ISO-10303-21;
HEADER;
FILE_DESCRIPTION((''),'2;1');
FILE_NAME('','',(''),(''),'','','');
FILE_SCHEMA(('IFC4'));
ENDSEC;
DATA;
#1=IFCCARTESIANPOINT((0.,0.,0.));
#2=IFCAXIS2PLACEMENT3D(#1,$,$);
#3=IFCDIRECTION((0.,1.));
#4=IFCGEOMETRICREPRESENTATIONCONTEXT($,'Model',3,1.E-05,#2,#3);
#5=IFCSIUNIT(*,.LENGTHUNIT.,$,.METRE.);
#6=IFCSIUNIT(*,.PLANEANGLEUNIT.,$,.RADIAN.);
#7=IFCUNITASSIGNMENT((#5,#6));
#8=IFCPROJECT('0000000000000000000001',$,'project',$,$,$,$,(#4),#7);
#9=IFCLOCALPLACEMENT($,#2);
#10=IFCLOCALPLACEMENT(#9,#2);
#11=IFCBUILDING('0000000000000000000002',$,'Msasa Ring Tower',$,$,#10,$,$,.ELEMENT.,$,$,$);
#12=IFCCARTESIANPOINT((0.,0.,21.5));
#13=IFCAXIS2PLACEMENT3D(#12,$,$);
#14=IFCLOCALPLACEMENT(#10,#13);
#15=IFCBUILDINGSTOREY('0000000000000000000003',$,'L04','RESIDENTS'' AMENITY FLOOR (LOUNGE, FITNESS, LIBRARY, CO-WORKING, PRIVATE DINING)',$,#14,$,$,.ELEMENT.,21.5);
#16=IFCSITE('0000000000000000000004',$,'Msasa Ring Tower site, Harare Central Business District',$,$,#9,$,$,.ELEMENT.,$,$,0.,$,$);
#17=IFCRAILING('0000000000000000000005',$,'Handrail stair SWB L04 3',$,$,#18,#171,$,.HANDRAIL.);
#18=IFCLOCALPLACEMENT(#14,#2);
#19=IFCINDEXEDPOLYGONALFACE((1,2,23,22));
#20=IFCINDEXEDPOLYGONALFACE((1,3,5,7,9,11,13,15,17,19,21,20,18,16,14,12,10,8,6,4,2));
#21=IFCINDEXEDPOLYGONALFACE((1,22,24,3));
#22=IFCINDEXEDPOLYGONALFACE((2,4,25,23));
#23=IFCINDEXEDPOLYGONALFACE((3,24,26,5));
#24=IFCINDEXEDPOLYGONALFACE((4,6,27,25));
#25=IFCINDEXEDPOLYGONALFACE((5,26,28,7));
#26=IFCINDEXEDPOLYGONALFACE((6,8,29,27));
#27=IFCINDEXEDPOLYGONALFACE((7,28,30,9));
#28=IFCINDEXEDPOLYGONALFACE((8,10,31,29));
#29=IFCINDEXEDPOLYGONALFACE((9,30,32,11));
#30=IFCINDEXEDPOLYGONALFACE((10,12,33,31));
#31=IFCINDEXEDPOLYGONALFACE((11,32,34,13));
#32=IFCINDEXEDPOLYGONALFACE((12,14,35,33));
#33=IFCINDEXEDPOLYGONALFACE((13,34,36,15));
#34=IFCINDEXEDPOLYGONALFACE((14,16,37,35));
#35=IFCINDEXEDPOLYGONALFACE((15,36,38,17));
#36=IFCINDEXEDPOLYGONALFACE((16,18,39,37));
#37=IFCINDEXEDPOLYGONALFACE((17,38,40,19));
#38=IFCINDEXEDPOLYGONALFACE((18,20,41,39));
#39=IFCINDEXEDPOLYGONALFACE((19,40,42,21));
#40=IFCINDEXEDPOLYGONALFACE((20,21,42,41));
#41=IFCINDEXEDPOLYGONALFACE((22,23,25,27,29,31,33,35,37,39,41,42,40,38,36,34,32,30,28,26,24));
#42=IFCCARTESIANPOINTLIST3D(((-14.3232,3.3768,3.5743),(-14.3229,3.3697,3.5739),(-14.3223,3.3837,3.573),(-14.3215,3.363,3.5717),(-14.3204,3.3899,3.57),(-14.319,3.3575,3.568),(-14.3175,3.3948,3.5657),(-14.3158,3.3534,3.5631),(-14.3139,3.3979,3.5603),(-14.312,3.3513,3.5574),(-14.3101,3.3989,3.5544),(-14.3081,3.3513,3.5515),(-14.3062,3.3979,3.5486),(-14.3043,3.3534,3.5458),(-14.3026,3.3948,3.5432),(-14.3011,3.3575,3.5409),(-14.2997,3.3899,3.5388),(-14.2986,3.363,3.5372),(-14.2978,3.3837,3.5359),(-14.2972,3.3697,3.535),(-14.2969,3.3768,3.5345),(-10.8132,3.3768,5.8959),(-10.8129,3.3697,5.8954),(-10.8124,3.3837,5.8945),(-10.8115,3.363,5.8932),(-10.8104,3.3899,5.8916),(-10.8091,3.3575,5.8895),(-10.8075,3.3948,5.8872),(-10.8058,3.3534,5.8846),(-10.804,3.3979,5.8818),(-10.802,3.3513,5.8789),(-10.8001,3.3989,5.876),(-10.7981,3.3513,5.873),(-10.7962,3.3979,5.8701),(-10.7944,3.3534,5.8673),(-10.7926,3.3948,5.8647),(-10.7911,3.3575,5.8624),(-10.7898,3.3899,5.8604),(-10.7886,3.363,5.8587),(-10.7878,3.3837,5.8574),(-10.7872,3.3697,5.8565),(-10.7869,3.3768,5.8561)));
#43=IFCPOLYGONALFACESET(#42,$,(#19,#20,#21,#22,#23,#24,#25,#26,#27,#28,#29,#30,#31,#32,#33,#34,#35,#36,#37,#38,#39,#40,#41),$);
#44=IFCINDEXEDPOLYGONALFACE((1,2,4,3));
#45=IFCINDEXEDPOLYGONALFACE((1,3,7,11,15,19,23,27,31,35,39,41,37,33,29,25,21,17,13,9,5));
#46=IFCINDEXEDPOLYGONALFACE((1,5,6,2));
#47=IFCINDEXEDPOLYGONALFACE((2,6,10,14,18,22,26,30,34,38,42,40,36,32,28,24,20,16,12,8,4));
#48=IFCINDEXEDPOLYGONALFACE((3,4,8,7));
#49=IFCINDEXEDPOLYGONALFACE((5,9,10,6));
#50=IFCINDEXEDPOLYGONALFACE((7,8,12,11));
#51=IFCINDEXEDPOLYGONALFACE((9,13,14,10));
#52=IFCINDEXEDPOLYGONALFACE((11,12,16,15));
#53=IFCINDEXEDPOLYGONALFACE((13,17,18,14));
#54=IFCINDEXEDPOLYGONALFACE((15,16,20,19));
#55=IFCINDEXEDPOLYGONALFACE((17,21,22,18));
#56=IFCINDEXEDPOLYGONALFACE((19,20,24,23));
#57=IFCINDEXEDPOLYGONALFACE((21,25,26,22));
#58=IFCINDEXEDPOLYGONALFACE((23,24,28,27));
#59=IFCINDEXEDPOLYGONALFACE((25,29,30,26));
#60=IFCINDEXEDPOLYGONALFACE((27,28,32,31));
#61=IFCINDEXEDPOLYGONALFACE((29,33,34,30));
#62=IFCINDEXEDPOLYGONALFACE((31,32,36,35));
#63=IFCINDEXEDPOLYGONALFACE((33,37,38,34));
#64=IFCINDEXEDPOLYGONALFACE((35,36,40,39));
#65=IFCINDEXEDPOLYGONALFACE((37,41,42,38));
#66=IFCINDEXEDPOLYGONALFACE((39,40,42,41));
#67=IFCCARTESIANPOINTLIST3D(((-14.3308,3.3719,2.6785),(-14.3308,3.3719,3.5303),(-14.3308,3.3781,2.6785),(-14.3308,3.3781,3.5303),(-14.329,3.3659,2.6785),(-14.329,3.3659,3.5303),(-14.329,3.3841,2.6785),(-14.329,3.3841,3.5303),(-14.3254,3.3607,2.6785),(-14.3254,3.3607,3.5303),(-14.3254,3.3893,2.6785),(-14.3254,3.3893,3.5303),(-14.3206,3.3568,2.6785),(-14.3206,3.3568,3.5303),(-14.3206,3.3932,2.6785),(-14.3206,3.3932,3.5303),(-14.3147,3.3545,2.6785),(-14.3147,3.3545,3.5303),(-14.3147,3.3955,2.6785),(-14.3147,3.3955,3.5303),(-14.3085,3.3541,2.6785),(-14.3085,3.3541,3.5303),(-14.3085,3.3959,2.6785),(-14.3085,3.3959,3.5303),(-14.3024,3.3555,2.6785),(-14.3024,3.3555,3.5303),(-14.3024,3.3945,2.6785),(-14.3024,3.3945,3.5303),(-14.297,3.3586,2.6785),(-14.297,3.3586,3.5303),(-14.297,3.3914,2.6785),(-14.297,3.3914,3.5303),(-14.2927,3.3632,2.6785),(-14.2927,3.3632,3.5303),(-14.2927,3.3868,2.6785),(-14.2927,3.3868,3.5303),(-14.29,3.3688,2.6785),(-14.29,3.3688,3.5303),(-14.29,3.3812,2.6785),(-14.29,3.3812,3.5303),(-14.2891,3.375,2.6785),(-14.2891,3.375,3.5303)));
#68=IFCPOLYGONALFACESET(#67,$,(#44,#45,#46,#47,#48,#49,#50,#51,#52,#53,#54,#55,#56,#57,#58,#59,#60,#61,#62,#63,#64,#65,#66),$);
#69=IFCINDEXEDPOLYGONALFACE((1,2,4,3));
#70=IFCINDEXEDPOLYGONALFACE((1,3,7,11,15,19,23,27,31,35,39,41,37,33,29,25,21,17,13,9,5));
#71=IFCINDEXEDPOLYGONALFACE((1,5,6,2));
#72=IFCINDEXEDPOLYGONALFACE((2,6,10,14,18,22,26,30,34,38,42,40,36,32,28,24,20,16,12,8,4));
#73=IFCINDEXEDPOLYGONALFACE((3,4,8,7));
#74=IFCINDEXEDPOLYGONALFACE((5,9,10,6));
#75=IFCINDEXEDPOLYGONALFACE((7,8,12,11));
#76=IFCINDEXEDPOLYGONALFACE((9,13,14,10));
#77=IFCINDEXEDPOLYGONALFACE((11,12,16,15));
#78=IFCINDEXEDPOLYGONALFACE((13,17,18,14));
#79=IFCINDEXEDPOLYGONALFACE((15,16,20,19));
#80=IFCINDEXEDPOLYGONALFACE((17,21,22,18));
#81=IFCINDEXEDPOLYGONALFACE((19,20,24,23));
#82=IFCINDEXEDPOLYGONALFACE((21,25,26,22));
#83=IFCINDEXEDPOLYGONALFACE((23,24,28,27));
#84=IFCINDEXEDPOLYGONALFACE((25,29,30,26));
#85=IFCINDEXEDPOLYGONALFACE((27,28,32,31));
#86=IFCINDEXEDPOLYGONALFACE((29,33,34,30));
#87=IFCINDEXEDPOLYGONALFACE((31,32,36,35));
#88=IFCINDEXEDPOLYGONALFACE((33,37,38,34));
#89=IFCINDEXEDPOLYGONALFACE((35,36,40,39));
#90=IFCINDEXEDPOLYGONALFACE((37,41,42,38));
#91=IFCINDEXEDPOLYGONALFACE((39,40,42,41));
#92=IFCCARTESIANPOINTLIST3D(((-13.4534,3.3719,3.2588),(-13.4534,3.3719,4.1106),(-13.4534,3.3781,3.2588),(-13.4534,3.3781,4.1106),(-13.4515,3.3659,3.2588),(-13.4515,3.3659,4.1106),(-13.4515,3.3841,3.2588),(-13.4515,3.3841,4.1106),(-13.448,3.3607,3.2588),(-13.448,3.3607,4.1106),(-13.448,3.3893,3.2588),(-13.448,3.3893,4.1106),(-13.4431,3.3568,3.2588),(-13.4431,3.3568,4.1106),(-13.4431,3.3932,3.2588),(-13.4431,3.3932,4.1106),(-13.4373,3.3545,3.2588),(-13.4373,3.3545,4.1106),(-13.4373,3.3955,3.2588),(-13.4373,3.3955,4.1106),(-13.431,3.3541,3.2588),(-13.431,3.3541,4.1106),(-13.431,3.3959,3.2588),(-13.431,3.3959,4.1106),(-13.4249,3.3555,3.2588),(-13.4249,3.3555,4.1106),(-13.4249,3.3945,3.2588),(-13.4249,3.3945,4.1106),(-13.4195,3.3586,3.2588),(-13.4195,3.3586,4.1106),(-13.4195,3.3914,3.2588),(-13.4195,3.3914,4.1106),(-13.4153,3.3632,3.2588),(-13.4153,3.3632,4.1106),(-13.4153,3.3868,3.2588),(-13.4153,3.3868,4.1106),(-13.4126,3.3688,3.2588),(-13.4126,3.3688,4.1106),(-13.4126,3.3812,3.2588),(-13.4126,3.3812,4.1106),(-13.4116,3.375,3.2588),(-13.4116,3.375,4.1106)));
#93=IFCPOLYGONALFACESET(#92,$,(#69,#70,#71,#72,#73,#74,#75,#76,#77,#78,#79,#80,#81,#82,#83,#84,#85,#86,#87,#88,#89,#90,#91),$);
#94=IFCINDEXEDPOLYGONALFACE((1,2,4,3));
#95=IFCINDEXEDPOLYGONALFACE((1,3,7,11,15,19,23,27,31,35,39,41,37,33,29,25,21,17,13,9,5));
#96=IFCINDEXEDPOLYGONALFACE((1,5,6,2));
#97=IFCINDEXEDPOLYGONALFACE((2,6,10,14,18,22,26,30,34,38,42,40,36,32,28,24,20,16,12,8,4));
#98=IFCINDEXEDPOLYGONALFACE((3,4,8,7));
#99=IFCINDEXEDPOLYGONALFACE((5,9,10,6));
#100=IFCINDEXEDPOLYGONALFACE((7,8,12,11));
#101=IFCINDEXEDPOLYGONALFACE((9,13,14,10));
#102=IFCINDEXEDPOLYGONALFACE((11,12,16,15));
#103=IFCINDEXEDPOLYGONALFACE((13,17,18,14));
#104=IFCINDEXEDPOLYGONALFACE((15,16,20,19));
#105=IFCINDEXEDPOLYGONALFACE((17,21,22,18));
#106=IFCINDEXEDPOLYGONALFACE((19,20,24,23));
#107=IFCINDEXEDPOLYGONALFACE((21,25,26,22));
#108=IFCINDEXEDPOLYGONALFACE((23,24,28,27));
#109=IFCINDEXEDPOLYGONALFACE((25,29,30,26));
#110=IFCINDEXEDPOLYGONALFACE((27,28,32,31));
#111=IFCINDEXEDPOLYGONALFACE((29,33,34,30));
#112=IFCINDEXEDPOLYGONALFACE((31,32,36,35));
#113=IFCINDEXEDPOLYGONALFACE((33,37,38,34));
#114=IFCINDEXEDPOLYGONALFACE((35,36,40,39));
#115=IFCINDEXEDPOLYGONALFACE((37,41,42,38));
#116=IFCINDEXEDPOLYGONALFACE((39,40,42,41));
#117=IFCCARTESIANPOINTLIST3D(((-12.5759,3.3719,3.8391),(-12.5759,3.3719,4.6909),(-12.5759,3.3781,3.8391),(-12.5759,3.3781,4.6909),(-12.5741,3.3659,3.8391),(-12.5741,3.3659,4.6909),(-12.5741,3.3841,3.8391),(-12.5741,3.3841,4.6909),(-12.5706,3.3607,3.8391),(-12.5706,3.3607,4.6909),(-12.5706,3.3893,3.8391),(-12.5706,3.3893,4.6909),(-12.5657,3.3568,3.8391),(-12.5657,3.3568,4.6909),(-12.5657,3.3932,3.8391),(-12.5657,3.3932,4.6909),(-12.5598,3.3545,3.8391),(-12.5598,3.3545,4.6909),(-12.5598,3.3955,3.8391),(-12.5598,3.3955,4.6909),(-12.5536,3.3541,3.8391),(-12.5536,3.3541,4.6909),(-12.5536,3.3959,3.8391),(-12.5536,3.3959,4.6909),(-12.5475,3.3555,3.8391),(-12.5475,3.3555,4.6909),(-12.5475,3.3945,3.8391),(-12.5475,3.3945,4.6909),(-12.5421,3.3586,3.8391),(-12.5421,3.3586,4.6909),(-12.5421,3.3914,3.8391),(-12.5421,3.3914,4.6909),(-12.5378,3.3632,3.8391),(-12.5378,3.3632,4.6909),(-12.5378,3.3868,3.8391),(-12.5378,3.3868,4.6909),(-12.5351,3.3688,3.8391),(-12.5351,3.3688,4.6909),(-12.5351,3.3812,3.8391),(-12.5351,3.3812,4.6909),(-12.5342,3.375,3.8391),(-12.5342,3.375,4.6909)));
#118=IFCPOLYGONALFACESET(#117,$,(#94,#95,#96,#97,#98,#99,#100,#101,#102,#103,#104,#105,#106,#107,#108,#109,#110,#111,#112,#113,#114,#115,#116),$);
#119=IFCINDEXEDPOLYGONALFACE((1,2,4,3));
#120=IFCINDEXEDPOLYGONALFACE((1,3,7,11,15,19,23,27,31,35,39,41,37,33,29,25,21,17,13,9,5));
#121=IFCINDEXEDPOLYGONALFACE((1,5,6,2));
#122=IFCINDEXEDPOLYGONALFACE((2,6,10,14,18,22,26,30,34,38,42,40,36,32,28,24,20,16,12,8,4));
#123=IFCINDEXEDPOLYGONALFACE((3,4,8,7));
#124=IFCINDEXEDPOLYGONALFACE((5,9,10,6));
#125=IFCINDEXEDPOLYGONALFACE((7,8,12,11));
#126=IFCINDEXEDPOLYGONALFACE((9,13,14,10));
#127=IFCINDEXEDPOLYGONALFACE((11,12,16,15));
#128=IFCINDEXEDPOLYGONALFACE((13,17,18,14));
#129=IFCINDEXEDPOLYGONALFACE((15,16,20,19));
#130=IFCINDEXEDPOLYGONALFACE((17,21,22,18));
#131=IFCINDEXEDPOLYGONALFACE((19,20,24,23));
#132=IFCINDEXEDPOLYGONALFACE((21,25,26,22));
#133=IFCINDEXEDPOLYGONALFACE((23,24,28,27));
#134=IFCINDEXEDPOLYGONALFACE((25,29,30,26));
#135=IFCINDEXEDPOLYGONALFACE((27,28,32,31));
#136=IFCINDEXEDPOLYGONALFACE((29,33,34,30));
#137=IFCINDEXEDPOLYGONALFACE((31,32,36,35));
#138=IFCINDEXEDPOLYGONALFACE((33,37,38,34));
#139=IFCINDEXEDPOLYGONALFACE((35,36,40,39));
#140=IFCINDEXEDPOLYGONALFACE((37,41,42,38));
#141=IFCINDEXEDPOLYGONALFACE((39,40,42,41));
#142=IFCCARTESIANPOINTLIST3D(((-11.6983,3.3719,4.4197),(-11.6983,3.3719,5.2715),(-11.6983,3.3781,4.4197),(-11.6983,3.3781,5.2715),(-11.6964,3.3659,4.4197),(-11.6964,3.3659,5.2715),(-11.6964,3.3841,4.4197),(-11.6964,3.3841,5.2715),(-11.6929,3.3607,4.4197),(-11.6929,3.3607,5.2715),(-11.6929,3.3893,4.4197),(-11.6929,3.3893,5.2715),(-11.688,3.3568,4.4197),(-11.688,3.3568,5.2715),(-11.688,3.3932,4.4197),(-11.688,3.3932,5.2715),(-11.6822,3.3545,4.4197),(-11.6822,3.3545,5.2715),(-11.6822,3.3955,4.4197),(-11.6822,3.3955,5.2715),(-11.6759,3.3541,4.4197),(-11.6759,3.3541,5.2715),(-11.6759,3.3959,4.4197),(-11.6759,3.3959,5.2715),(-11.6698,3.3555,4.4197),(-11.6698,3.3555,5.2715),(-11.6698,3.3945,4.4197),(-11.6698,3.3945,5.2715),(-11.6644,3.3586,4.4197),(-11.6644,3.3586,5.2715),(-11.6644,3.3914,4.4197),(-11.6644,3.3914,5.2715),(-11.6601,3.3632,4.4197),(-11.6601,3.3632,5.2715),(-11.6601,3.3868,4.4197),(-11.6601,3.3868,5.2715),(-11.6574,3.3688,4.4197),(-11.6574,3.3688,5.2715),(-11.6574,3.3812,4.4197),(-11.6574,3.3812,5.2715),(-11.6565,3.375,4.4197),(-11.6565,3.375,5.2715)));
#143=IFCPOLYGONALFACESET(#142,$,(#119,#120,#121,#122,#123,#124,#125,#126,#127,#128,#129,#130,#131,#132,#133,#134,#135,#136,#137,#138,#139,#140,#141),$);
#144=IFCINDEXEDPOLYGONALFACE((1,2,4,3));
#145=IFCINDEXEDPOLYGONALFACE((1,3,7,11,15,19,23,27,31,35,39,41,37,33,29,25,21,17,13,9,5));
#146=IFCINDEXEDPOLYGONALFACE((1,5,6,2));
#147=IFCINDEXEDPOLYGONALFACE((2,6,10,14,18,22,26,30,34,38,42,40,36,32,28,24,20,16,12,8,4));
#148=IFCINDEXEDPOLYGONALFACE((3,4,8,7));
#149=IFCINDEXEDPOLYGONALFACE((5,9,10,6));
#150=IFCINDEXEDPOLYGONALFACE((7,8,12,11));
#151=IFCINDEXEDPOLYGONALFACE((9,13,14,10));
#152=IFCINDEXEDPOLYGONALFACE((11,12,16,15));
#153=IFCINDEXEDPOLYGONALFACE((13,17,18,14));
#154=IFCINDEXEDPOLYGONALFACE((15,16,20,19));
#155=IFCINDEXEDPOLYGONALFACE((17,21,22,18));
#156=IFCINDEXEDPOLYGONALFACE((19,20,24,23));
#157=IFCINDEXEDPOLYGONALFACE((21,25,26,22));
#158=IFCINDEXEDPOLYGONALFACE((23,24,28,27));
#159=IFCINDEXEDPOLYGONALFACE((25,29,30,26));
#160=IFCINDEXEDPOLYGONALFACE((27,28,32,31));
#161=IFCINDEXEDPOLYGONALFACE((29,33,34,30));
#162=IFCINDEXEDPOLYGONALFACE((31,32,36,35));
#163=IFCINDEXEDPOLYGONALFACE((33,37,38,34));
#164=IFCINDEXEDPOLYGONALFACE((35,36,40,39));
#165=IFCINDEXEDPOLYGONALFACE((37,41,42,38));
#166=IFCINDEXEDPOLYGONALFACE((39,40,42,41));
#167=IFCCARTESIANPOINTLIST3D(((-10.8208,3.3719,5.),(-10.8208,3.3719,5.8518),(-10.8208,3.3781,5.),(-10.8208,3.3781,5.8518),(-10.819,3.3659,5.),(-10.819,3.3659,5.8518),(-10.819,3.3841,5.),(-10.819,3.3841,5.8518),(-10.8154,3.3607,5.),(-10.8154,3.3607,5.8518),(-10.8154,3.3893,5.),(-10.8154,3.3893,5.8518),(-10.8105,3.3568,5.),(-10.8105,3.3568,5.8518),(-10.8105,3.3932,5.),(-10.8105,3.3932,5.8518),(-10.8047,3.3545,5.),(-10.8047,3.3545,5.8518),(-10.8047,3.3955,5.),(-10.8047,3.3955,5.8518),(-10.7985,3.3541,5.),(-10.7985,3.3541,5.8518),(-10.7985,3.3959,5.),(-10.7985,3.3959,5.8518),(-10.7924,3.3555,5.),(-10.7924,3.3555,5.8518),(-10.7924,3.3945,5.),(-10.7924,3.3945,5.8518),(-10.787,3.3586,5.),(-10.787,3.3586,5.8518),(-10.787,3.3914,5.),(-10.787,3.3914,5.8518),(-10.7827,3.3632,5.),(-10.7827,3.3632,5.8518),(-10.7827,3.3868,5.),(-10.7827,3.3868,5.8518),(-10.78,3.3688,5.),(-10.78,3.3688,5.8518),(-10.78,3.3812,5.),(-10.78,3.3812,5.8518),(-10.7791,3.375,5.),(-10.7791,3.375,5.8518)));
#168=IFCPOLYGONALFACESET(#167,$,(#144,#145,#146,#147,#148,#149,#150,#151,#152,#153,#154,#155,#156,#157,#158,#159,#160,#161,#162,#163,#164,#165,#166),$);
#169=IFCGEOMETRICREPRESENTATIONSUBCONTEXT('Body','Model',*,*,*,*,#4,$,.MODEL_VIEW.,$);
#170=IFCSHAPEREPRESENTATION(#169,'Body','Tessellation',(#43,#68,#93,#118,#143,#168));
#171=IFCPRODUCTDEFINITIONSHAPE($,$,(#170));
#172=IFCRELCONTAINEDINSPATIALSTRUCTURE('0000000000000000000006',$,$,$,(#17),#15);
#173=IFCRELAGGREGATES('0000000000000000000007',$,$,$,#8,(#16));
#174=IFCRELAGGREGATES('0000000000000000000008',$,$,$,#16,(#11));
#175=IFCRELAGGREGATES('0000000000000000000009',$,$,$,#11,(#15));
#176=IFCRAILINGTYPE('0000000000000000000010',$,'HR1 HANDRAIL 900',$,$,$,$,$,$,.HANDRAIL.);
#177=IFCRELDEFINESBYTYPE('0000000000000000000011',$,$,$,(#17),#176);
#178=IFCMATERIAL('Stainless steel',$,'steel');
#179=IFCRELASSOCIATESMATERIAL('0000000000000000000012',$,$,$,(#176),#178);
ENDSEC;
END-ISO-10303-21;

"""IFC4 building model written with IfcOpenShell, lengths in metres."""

from ifc_helpers import new_model, si_unit, direction, frame, origin, origin_2d, place, context, subcontext, project, spatial, circle, extrude, material, type_object, element, save


model = new_model("IFC4")

# Units and contexts
model_context = context("Model", 3, precision=1e-05, world=origin(), true_north=direction((0.0, 1.0)))
body_context = subcontext(model_context, "Body", "Model", "MODEL_VIEW")
ifc_project = project(units=[si_unit("LENGTHUNIT", "METRE"), si_unit("PLANEANGLEUNIT", "RADIAN")], contexts=[model_context])

# Site, building, storey
site_placement = place(None, origin())
site = spatial("IfcSite", under=ifc_project, at=site_placement, Name="Msasa Ring Tower site, Harare Central Business District", CompositionType="ELEMENT", RefElevation=0.0)
building_placement = place(site_placement, origin())
building = spatial("IfcBuilding", under=site, at=building_placement, Name="Msasa Ring Tower", CompositionType="ELEMENT")
storey_placement = place(building_placement, frame((0.0, 0.0, 21.5)))
storey = spatial("IfcBuildingStorey", under=building, at=storey_placement, Name="L04", Description="RESIDENTS' AMENITY FLOOR (LOUNGE, FITNESS, LIBRARY, CO-WORKING, PRIVATE DINING)", CompositionType="ELEMENT", Elevation=21.5)

# Railing
ifc_material_1 = material(Name="Stainless steel", Category="steel")
railing_type = type_object("IfcRailingType", Name="HR1 HANDRAIL 900", PredefinedType="HANDRAIL", material=ifc_material_1)
for number, where, name in (
    (1, (-14.3101, 3.375, 2.6785), "Handrail stair SWB L04 3"),
):
    element("IfcRailing", number, at=place(storey_placement, frame(where)), inside=storey, type_object=railing_type, Name=name, PredefinedType="HANDRAIL", context=body_context, shape_type="SweptSolid", body=[
        extrude(circle(Radius=0.0239, at=origin_2d()), frame((0.0, 0.0, 0.876), z_axis=(0.834071, 0.0, 0.551657), x_axis=(0.0, 1.0, 0.0)), (0.0, 0.0, 1.0), 4.2083),
        extrude(circle(Radius=0.021, at=origin_2d()), origin(), (0.0, 0.0, 1.0), 0.8518),
        extrude(circle(Radius=0.021, at=origin_2d()), frame((0.8774, 0.0, 0.5803)), (0.0, 0.0, 1.0), 0.8518),
        extrude(circle(Radius=0.021, at=origin_2d()), frame((1.7549, 0.0, 1.1606)), (0.0, 0.0, 1.0), 0.8518),
        extrude(circle(Radius=0.021, at=origin_2d()), frame((2.6326, 0.0, 1.7412)), (0.0, 0.0, 1.0), 0.8518),
        extrude(circle(Radius=0.021, at=origin_2d()), frame((3.51, 0.0, 2.3215)), (0.0, 0.0, 1.0), 0.8518),
    ])

save(model, "model.ifc")
